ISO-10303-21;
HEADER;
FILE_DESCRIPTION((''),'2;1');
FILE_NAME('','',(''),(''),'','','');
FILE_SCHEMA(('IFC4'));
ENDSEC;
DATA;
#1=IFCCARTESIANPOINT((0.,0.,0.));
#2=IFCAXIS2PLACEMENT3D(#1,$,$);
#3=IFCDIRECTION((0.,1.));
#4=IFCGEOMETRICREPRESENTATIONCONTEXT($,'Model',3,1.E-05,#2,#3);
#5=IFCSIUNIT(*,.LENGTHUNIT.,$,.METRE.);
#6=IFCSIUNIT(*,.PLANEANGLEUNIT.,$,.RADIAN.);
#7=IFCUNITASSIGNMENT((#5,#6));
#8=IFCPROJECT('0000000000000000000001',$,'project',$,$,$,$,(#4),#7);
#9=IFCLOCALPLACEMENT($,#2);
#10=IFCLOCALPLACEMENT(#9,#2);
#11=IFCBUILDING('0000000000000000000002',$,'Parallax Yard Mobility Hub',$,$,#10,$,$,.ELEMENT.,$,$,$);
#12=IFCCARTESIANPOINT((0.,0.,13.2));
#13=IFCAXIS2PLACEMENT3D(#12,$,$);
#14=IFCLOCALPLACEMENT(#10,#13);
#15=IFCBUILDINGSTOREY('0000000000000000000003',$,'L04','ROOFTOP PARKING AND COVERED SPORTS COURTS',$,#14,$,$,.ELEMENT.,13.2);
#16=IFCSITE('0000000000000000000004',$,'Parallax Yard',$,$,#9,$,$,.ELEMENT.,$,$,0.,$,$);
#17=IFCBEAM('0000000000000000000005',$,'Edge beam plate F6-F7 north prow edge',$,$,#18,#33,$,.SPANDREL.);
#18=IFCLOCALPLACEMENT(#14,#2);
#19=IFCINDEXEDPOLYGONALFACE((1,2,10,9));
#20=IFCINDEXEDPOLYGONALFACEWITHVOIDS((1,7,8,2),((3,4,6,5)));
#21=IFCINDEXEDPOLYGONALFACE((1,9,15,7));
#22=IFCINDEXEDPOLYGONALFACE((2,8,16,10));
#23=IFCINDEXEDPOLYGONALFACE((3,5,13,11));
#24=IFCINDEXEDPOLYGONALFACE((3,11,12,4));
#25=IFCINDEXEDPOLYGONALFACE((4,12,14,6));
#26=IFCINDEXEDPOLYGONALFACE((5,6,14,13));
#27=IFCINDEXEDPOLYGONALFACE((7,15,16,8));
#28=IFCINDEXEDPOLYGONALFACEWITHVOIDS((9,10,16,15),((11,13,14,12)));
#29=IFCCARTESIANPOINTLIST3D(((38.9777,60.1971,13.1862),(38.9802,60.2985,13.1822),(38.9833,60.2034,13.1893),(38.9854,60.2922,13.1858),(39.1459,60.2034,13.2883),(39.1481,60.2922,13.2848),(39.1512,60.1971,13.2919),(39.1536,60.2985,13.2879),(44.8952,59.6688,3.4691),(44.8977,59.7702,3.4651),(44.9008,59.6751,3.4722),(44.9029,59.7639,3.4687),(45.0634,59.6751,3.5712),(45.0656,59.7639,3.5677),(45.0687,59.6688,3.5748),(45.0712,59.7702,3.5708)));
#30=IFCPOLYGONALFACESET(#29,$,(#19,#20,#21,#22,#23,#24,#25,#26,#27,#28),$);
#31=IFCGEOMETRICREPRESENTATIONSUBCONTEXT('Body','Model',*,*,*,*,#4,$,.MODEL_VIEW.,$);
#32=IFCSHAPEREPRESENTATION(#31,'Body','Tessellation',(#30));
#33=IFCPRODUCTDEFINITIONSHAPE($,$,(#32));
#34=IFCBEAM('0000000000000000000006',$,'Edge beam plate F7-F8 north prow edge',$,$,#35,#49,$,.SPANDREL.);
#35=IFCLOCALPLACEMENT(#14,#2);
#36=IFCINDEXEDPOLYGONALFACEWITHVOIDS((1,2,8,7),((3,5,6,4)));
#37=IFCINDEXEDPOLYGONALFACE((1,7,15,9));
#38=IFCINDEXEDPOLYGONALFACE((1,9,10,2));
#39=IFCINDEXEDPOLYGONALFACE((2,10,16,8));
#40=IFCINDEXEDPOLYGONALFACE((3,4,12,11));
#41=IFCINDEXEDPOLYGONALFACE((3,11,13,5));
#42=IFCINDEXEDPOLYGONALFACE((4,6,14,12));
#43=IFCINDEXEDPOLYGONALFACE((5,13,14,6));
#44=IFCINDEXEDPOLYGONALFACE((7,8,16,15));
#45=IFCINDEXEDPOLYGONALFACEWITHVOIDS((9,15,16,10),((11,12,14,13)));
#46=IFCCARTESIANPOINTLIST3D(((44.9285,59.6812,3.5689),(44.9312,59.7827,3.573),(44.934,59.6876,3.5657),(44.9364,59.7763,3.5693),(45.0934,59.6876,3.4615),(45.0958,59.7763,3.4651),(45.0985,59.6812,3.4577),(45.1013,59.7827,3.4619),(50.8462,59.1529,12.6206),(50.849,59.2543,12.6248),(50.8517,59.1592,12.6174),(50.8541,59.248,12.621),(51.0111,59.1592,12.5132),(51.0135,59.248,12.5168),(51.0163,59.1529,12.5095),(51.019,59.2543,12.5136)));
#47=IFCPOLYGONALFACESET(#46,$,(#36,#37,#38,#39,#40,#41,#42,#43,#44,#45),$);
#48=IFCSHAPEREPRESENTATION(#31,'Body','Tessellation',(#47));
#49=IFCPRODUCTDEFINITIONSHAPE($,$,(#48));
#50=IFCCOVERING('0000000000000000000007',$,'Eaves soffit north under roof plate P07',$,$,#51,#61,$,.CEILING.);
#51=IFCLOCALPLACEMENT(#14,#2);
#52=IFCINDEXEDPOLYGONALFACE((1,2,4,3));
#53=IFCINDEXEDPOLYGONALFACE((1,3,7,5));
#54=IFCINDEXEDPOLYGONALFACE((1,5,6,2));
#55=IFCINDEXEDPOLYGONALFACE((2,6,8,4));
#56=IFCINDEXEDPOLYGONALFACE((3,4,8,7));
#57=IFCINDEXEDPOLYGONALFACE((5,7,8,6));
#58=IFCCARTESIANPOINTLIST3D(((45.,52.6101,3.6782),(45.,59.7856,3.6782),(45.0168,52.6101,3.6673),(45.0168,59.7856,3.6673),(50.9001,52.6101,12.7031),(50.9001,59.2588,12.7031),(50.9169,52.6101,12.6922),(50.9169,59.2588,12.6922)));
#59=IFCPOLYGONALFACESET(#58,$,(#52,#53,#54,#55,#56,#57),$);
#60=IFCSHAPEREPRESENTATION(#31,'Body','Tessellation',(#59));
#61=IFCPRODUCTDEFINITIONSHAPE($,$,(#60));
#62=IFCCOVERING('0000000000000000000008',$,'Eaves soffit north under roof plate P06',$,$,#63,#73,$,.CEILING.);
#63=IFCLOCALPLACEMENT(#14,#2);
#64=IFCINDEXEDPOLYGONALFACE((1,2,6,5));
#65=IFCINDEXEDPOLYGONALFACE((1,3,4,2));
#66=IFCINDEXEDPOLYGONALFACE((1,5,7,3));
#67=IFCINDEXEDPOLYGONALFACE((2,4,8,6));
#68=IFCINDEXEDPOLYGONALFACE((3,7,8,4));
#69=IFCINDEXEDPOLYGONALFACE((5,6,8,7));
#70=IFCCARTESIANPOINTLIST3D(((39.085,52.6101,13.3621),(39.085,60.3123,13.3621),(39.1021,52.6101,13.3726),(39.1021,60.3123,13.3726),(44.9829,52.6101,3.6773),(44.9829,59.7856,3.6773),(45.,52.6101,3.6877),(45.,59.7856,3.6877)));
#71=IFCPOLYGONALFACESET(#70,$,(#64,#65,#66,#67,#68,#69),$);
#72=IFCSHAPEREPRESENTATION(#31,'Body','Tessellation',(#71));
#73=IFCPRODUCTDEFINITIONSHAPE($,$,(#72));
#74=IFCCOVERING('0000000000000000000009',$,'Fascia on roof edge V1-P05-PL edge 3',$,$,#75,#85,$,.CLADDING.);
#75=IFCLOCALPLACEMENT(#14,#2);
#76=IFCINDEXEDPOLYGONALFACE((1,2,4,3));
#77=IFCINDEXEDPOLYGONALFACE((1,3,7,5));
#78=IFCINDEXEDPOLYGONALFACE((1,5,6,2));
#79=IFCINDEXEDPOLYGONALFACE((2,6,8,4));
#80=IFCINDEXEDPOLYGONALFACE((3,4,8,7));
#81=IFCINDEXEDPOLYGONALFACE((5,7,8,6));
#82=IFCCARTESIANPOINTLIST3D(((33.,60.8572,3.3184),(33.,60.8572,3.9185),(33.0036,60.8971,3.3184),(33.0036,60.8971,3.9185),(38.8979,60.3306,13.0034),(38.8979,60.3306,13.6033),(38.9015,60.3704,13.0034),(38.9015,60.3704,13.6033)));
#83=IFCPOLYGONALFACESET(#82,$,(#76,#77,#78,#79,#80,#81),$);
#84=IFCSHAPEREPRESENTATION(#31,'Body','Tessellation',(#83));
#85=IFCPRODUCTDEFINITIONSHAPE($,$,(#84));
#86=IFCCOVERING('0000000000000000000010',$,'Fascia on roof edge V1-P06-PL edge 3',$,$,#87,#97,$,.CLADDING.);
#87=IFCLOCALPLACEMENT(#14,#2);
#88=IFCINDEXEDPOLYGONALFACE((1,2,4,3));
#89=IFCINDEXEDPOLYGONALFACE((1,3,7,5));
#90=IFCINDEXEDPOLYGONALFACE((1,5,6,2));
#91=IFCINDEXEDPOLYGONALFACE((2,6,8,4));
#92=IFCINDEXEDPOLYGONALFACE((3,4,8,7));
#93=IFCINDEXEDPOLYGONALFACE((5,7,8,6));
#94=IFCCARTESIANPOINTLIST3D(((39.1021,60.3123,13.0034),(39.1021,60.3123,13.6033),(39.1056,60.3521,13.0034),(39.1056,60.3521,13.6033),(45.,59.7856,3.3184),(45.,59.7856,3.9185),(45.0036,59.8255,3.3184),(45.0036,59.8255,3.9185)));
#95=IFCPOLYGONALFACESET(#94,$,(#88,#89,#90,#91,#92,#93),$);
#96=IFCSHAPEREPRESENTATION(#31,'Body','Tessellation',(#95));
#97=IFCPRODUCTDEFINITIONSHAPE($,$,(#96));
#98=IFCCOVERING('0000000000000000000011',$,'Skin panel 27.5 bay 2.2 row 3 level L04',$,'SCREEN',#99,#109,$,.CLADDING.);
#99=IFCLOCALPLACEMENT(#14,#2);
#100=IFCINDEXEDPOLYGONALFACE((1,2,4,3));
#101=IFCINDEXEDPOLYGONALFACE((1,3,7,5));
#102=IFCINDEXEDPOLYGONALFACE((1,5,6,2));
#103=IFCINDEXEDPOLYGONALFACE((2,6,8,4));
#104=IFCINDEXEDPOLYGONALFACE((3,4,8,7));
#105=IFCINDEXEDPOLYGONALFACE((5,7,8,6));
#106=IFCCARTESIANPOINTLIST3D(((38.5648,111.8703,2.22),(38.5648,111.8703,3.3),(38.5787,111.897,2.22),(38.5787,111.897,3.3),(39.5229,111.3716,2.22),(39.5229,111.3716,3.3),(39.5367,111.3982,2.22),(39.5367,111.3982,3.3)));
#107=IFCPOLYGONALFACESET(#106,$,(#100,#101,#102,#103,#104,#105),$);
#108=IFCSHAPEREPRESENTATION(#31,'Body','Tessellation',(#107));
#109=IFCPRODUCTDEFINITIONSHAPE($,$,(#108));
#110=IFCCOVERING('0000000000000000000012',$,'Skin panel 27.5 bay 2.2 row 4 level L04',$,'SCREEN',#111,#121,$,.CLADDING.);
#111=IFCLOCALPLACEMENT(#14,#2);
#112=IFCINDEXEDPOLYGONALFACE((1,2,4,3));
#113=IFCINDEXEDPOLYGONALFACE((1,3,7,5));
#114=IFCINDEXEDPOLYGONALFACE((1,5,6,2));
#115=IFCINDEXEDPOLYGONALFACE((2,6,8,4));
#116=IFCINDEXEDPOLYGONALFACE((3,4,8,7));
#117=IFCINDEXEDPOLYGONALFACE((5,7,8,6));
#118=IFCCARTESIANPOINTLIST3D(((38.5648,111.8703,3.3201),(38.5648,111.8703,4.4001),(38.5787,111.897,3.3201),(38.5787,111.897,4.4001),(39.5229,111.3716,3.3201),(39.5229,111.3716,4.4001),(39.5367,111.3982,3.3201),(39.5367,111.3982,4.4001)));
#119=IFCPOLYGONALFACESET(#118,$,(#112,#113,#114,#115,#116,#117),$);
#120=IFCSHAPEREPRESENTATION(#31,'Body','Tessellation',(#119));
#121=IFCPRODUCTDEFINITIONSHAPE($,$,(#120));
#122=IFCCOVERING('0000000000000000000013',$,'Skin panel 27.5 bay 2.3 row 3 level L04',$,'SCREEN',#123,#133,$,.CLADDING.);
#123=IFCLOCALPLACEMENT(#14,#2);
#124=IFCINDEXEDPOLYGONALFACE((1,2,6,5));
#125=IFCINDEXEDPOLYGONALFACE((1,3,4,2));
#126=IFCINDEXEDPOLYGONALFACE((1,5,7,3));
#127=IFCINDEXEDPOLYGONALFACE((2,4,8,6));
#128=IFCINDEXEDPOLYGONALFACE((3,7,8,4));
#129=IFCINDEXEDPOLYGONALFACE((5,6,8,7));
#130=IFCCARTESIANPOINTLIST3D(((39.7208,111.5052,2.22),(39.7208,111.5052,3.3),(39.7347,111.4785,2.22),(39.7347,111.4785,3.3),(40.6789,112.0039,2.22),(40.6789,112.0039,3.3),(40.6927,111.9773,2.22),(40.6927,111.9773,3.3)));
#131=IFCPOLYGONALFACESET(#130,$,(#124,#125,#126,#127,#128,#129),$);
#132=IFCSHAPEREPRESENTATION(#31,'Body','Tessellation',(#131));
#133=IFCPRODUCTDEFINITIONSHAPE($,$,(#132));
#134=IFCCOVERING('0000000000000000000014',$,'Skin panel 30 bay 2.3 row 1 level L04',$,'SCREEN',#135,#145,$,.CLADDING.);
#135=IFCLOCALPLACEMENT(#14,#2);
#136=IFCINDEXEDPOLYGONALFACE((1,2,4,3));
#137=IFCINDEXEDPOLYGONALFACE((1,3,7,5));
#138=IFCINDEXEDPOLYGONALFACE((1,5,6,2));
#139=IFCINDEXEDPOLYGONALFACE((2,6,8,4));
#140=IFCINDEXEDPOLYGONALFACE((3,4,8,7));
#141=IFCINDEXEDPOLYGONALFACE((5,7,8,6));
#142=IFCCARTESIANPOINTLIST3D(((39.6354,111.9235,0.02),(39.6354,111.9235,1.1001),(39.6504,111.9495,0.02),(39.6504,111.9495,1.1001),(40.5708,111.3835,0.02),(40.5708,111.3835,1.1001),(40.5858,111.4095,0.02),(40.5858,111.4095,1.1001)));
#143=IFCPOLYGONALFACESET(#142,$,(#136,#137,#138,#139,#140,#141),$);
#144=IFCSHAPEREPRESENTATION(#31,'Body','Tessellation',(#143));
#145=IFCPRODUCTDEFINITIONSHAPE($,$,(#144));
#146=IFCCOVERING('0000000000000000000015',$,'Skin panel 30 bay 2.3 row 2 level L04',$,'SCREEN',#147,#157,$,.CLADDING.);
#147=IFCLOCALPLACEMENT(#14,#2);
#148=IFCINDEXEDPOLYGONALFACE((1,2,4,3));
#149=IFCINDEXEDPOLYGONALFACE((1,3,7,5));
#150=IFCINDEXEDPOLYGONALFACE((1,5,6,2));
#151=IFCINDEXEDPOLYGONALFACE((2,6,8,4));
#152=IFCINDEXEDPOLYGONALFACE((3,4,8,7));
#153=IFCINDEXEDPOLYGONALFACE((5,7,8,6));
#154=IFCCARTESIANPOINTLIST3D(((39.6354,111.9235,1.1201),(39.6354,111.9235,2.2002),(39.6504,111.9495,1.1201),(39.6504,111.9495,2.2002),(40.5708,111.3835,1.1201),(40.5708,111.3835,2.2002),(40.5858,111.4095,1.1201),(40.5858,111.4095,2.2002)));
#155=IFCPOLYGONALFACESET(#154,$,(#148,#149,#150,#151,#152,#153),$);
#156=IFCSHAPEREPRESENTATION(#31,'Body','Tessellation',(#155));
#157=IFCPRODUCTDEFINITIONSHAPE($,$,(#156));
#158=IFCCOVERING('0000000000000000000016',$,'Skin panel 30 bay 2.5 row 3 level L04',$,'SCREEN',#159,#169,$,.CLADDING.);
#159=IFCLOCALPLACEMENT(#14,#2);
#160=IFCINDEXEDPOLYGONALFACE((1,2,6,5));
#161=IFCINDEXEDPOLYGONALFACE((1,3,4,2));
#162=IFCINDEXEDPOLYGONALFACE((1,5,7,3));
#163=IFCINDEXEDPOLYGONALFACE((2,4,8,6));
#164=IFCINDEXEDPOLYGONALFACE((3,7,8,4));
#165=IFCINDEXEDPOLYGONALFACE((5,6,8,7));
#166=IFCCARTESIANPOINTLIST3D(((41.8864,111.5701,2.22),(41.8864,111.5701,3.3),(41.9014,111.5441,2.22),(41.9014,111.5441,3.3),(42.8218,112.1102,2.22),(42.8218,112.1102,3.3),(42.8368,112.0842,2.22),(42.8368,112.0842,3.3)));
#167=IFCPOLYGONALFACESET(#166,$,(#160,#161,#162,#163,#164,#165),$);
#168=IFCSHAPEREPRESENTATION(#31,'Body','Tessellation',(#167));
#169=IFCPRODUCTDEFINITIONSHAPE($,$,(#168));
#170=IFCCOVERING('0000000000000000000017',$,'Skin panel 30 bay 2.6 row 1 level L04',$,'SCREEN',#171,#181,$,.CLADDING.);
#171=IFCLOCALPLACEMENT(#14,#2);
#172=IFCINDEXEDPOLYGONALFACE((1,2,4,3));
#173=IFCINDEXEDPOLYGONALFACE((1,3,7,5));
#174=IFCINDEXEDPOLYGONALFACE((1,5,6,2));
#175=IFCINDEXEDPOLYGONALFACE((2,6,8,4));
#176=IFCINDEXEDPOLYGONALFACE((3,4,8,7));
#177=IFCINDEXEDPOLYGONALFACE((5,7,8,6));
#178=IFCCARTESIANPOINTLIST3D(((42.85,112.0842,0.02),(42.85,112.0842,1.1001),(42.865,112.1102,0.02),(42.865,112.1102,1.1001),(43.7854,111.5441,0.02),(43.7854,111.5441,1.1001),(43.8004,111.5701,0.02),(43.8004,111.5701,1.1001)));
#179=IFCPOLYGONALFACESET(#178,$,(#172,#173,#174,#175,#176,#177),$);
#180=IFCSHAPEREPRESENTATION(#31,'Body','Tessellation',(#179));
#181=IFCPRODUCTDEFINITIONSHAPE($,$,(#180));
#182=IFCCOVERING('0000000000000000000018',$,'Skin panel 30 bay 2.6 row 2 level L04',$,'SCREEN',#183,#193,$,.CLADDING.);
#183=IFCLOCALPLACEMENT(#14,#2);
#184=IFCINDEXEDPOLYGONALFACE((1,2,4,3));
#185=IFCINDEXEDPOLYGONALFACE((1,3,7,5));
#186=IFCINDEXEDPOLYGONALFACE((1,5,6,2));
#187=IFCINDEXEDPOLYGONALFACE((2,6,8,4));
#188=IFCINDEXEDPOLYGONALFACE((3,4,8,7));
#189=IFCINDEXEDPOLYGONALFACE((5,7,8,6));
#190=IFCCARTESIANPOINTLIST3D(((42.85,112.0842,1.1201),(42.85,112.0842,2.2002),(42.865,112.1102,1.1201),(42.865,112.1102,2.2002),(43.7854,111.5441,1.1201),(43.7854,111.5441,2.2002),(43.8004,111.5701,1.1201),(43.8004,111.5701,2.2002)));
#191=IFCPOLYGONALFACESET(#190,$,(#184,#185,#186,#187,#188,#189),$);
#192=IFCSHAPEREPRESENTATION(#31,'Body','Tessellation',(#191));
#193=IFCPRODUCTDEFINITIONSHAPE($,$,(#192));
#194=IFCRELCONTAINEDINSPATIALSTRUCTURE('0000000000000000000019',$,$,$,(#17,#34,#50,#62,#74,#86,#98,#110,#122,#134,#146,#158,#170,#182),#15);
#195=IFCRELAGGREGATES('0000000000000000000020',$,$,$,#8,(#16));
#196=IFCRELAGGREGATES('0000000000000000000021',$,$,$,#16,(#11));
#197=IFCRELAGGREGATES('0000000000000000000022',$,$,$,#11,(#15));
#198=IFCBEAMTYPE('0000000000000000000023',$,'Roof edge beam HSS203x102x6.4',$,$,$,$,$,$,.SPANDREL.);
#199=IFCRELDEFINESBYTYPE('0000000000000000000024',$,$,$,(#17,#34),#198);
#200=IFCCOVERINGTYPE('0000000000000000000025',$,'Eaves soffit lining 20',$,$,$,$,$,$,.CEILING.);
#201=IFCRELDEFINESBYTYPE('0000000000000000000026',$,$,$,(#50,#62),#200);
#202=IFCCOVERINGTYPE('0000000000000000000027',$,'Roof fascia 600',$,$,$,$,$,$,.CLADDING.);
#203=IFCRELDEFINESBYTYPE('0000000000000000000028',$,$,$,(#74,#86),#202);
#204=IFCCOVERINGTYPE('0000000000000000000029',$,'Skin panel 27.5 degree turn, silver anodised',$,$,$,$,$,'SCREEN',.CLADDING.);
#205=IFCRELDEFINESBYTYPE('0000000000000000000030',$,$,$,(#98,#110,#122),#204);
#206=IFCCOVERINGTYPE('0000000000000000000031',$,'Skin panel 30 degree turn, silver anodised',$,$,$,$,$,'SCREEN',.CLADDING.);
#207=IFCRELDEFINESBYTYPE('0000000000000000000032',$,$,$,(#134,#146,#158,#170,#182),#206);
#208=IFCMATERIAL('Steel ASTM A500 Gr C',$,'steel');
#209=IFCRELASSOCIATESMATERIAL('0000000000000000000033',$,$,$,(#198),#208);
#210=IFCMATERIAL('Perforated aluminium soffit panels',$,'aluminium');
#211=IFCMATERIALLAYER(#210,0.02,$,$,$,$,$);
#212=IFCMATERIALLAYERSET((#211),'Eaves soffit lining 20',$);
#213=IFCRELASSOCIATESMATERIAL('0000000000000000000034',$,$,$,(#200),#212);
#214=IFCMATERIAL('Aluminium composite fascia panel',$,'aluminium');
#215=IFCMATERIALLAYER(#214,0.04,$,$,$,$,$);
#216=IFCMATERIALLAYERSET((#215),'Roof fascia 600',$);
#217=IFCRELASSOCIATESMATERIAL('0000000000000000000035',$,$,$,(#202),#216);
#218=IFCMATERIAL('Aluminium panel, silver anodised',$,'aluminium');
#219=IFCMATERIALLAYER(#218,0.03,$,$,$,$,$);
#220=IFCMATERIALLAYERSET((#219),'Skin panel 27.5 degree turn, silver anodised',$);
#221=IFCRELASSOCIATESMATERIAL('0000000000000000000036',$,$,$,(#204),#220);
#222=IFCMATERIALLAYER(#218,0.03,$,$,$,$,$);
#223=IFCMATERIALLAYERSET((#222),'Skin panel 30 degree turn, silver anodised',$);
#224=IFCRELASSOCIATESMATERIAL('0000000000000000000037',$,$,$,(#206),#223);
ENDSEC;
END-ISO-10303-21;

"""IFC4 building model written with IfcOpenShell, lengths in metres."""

from ifc_helpers import new_model, si_unit, direction, frame, origin, origin_2d, place, context, subcontext, project, spatial, polyline, rectangle, hollow_rectangle, outline, extrude, material, layer, layer_set, material_profile, profile_set, type_object, element, save


model = new_model("IFC4")

# Units and contexts
model_context = context("Model", 3, precision=1e-05, world=origin(), true_north=direction((0.0, 1.0)))
body_context = subcontext(model_context, "Body", "Model", "MODEL_VIEW")
ifc_project = project(units=[si_unit("LENGTHUNIT", "METRE"), si_unit("PLANEANGLEUNIT", "RADIAN")], contexts=[model_context])

# Site, building, storey
site_placement = place(None, origin())
site = spatial("IfcSite", under=ifc_project, at=site_placement, Name="Parallax Yard", CompositionType="ELEMENT", RefElevation=0.0)
building_placement = place(site_placement, origin())
building = spatial("IfcBuilding", under=site, at=building_placement, Name="Parallax Yard Mobility Hub", CompositionType="ELEMENT")
storey_placement = place(building_placement, frame((0.0, 0.0, 13.2)))
storey = spatial("IfcBuildingStorey", under=building, at=storey_placement, Name="L04", Description="ROOFTOP PARKING AND COVERED SPORTS COURTS", CompositionType="ELEMENT", Elevation=13.2)

# Beams
ifc_material_1 = material(Name="Steel ASTM A500 Gr C", Category="steel")
ifc_material_profile = material_profile(ifc_material_1, hollow_rectangle(XDim=0.1016, YDim=0.2031, WallThickness=0.0063, at=origin_2d()), Name="HSS203x102x6.4")
ifc_profile_set = profile_set([ifc_material_profile], Name="Steel ASTM A500 Gr C")
beam_type = type_object("IfcBeamType", Name="Roof edge beam HSS203x102x6.4", PredefinedType="SPANDREL", material=ifc_profile_set)
beam_1_placement = place(storey_placement, frame((39.0657, 60.2478, 13.2371), z_axis=(0.519564, -0.046387, -0.853171), x_axis=(0.024125, 0.998924, -0.03962)))
element("IfcBeam", 1, at=beam_1_placement, inside=storey, type_object=beam_type, Name="Edge beam plate F6-F7 north prow edge", PredefinedType="SPANDREL", context=body_context, shape_type="SweptSolid", body=[
    extrude(hollow_rectangle(XDim=0.1016, YDim=0.2031, WallThickness=0.0063, at=origin_2d()), origin(), (0.0, 0.0, 1.0), 11.3894),
])
beam_2_placement = place(storey_placement, frame((45.0149, 59.7319, 3.5154), z_axis=(0.54655, -0.048795, 0.836004), x_axis=(0.026695, 0.998809, 0.040845)))
element("IfcBeam", 2, at=beam_2_placement, inside=storey, type_object=beam_type, Name="Edge beam plate F7-F8 north prow edge", PredefinedType="SPANDREL", context=body_context, shape_type="SweptSolid", body=[
    extrude(hollow_rectangle(XDim=0.1016, YDim=0.2031, WallThickness=0.0063, at=origin_2d()), origin(), (0.0, 0.0, 1.0), 10.8274),
])

# Coverings
ifc_material_2 = material(Name="Perforated aluminium soffit panels", Category="aluminium")
ifc_layer_1 = layer(ifc_material_2, 0.02)
ifc_layer_set_1 = layer_set([ifc_layer_1], Name="Eaves soffit lining 20")
covering_type_1 = type_object("IfcCoveringType", Name="Eaves soffit lining 20", PredefinedType="CEILING", material=ifc_layer_set_1)
covering_1_placement = place(storey_placement, frame((45.0, 59.7856, 3.6782), z_axis=(-0.837002, 0.0, 0.547201), x_axis=(0.546548, -0.048804, 0.836004)))
element("IfcCovering", 3, at=covering_1_placement, inside=storey, type_object=covering_type_1, Name="Eaves soffit north under roof plate P07", PredefinedType="CEILING", context=body_context, shape_type="SweptSolid", body=[
    extrude(outline(polyline([(0.0, 0.0), (10.7953, 0.0), (11.1198, -6.6408), (0.3502, -7.167), (0.0, 0.0)])), origin(), (0.0, 0.0, -1.0), 0.02),
])
covering_2_placement = place(storey_placement, frame((39.1021, 60.3123, 13.3726), z_axis=(0.854087, 0.0, 0.52013), x_axis=(0.51957, -0.046391, -0.853168)))
element("IfcCovering", 4, at=covering_2_placement, inside=storey, type_object=covering_type_1, Name="Eaves soffit north under roof plate P06", PredefinedType="CEILING", context=body_context, shape_type="SweptSolid", body=[
    extrude(outline(polyline([(0.0, 0.0), (11.3516, 0.0), (11.6845, -7.1678), (0.3573, -7.6939), (0.0, 0.0)])), origin(), (0.0, 0.0, -1.0), 0.02),
])
ifc_material_3 = material(Name="Aluminium composite fascia panel", Category="aluminium")
ifc_layer_2 = layer(ifc_material_3, 0.04)
ifc_layer_set_2 = layer_set([ifc_layer_2], Name="Roof fascia 600")
covering_type_2 = type_object("IfcCoveringType", Name="Roof fascia 600", PredefinedType="CLADDING", material=ifc_layer_set_2)
covering_3_placement = place(storey_placement, frame((38.8979, 60.3306, 13.6033), z_axis=(-0.088933, -0.996038, 0.0), x_axis=(-0.51957, 0.046391, -0.853168)))
element("IfcCovering", 5, at=covering_3_placement, inside=storey, type_object=covering_type_2, Name="Fascia on roof edge V1-P05-PL edge 3", PredefinedType="CLADDING", context=body_context, shape_type="SweptSolid", body=[
    extrude(outline(polyline([(0.0, 0.0), (11.3516, 0.0), (11.8636, 0.313), (0.5118, 0.3129), (0.0, 0.0)])), origin(), (0.0, 0.0, -1.0), 0.04),
])
covering_4_placement = place(storey_placement, frame((45.0, 59.7856, 3.9185), z_axis=(-0.088933, -0.996038, 0.0), x_axis=(-0.51957, 0.046391, 0.853168)))
element("IfcCovering", 6, at=covering_4_placement, inside=storey, type_object=covering_type_2, Name="Fascia on roof edge V1-P06-PL edge 3", PredefinedType="CLADDING", context=body_context, shape_type="SweptSolid", body=[
    extrude(outline(polyline([(0.0, 0.0), (11.3516, 0.0), (10.8398, 0.3129), (-0.512, 0.313), (0.0, 0.0)])), origin(), (0.0, 0.0, -1.0), 0.04),
])
ifc_material_4 = material(Name="Aluminium panel, silver anodised", Category="aluminium")
ifc_layer_3 = layer(ifc_material_4, 0.03)
ifc_layer_set_3 = layer_set([ifc_layer_3], Name="Skin panel 27.5 degree turn, silver anodised")
covering_type_3 = type_object("IfcCoveringType", Name="Skin panel 27.5 degree turn, silver anodised", ElementType="SCREEN", PredefinedType="CLADDING", material=ifc_layer_set_3)
for number, where, z_axis, x_axis, name in (
    (7, (39.0508, 111.6343, 2.22), (0.0, 0.0, 1.0), (0.887011, -0.461749, 0.0), "Skin panel 27.5 bay 2.2 row 3 level L04"),
    (8, (39.0508, 111.6343, 3.3201), (0.0, 0.0, 1.0), (0.887011, -0.461749, 0.0), "Skin panel 27.5 bay 2.2 row 4 level L04"),
    (9, (40.2068, 111.7412, 2.22), (0.0, 0.0, 1.0), (-0.887011, -0.461749, 0.0), "Skin panel 27.5 bay 2.3 row 3 level L04"),
):
    element("IfcCovering", number, at=place(storey_placement, frame(where, z_axis=z_axis, x_axis=x_axis)), inside=storey, type_object=covering_type_3, Name=name, ObjectType="SCREEN", PredefinedType="CLADDING", context=body_context, shape_type="SweptSolid", body=[
        extrude(rectangle(XDim=1.0801, YDim=0.03, at=origin_2d()), origin(), (0.0, 0.0, 1.0), 1.0801),
    ])
ifc_layer_4 = layer(ifc_material_4, 0.03)
ifc_layer_set_4 = layer_set([ifc_layer_4], Name="Skin panel 30 degree turn, silver anodised")
covering_type_4 = type_object("IfcCoveringType", Name="Skin panel 30 degree turn, silver anodised", ElementType="SCREEN", PredefinedType="CLADDING", material=ifc_layer_set_4)
for number, where, z_axis, x_axis, name in (
    (10, (40.1106, 111.6665, 0.02), (0.0, 0.0, 1.0), (0.866025, -0.5, 0.0), "Skin panel 30 bay 2.3 row 1 level L04"),
    (11, (40.1106, 111.6665, 1.1201), (0.0, 0.0, 1.0), (0.866025, -0.5, 0.0), "Skin panel 30 bay 2.3 row 2 level L04"),
    (12, (42.3616, 111.8271, 2.22), (0.0, 0.0, 1.0), (-0.866025, -0.5, 0.0), "Skin panel 30 bay 2.5 row 3 level L04"),
    (13, (43.3252, 111.8271, 0.02), (0.0, 0.0, 1.0), (0.866025, -0.5, 0.0), "Skin panel 30 bay 2.6 row 1 level L04"),
    (14, (43.3252, 111.8271, 1.1201), (0.0, 0.0, 1.0), (0.866025, -0.5, 0.0), "Skin panel 30 bay 2.6 row 2 level L04"),
):
    element("IfcCovering", number, at=place(storey_placement, frame(where, z_axis=z_axis, x_axis=x_axis)), inside=storey, type_object=covering_type_4, Name=name, ObjectType="SCREEN", PredefinedType="CLADDING", context=body_context, shape_type="SweptSolid", body=[
        extrude(rectangle(XDim=1.0801, YDim=0.03, at=origin_2d()), origin(), (0.0, 0.0, 1.0), 1.0801),
    ])

save(model, "model.ifc")
